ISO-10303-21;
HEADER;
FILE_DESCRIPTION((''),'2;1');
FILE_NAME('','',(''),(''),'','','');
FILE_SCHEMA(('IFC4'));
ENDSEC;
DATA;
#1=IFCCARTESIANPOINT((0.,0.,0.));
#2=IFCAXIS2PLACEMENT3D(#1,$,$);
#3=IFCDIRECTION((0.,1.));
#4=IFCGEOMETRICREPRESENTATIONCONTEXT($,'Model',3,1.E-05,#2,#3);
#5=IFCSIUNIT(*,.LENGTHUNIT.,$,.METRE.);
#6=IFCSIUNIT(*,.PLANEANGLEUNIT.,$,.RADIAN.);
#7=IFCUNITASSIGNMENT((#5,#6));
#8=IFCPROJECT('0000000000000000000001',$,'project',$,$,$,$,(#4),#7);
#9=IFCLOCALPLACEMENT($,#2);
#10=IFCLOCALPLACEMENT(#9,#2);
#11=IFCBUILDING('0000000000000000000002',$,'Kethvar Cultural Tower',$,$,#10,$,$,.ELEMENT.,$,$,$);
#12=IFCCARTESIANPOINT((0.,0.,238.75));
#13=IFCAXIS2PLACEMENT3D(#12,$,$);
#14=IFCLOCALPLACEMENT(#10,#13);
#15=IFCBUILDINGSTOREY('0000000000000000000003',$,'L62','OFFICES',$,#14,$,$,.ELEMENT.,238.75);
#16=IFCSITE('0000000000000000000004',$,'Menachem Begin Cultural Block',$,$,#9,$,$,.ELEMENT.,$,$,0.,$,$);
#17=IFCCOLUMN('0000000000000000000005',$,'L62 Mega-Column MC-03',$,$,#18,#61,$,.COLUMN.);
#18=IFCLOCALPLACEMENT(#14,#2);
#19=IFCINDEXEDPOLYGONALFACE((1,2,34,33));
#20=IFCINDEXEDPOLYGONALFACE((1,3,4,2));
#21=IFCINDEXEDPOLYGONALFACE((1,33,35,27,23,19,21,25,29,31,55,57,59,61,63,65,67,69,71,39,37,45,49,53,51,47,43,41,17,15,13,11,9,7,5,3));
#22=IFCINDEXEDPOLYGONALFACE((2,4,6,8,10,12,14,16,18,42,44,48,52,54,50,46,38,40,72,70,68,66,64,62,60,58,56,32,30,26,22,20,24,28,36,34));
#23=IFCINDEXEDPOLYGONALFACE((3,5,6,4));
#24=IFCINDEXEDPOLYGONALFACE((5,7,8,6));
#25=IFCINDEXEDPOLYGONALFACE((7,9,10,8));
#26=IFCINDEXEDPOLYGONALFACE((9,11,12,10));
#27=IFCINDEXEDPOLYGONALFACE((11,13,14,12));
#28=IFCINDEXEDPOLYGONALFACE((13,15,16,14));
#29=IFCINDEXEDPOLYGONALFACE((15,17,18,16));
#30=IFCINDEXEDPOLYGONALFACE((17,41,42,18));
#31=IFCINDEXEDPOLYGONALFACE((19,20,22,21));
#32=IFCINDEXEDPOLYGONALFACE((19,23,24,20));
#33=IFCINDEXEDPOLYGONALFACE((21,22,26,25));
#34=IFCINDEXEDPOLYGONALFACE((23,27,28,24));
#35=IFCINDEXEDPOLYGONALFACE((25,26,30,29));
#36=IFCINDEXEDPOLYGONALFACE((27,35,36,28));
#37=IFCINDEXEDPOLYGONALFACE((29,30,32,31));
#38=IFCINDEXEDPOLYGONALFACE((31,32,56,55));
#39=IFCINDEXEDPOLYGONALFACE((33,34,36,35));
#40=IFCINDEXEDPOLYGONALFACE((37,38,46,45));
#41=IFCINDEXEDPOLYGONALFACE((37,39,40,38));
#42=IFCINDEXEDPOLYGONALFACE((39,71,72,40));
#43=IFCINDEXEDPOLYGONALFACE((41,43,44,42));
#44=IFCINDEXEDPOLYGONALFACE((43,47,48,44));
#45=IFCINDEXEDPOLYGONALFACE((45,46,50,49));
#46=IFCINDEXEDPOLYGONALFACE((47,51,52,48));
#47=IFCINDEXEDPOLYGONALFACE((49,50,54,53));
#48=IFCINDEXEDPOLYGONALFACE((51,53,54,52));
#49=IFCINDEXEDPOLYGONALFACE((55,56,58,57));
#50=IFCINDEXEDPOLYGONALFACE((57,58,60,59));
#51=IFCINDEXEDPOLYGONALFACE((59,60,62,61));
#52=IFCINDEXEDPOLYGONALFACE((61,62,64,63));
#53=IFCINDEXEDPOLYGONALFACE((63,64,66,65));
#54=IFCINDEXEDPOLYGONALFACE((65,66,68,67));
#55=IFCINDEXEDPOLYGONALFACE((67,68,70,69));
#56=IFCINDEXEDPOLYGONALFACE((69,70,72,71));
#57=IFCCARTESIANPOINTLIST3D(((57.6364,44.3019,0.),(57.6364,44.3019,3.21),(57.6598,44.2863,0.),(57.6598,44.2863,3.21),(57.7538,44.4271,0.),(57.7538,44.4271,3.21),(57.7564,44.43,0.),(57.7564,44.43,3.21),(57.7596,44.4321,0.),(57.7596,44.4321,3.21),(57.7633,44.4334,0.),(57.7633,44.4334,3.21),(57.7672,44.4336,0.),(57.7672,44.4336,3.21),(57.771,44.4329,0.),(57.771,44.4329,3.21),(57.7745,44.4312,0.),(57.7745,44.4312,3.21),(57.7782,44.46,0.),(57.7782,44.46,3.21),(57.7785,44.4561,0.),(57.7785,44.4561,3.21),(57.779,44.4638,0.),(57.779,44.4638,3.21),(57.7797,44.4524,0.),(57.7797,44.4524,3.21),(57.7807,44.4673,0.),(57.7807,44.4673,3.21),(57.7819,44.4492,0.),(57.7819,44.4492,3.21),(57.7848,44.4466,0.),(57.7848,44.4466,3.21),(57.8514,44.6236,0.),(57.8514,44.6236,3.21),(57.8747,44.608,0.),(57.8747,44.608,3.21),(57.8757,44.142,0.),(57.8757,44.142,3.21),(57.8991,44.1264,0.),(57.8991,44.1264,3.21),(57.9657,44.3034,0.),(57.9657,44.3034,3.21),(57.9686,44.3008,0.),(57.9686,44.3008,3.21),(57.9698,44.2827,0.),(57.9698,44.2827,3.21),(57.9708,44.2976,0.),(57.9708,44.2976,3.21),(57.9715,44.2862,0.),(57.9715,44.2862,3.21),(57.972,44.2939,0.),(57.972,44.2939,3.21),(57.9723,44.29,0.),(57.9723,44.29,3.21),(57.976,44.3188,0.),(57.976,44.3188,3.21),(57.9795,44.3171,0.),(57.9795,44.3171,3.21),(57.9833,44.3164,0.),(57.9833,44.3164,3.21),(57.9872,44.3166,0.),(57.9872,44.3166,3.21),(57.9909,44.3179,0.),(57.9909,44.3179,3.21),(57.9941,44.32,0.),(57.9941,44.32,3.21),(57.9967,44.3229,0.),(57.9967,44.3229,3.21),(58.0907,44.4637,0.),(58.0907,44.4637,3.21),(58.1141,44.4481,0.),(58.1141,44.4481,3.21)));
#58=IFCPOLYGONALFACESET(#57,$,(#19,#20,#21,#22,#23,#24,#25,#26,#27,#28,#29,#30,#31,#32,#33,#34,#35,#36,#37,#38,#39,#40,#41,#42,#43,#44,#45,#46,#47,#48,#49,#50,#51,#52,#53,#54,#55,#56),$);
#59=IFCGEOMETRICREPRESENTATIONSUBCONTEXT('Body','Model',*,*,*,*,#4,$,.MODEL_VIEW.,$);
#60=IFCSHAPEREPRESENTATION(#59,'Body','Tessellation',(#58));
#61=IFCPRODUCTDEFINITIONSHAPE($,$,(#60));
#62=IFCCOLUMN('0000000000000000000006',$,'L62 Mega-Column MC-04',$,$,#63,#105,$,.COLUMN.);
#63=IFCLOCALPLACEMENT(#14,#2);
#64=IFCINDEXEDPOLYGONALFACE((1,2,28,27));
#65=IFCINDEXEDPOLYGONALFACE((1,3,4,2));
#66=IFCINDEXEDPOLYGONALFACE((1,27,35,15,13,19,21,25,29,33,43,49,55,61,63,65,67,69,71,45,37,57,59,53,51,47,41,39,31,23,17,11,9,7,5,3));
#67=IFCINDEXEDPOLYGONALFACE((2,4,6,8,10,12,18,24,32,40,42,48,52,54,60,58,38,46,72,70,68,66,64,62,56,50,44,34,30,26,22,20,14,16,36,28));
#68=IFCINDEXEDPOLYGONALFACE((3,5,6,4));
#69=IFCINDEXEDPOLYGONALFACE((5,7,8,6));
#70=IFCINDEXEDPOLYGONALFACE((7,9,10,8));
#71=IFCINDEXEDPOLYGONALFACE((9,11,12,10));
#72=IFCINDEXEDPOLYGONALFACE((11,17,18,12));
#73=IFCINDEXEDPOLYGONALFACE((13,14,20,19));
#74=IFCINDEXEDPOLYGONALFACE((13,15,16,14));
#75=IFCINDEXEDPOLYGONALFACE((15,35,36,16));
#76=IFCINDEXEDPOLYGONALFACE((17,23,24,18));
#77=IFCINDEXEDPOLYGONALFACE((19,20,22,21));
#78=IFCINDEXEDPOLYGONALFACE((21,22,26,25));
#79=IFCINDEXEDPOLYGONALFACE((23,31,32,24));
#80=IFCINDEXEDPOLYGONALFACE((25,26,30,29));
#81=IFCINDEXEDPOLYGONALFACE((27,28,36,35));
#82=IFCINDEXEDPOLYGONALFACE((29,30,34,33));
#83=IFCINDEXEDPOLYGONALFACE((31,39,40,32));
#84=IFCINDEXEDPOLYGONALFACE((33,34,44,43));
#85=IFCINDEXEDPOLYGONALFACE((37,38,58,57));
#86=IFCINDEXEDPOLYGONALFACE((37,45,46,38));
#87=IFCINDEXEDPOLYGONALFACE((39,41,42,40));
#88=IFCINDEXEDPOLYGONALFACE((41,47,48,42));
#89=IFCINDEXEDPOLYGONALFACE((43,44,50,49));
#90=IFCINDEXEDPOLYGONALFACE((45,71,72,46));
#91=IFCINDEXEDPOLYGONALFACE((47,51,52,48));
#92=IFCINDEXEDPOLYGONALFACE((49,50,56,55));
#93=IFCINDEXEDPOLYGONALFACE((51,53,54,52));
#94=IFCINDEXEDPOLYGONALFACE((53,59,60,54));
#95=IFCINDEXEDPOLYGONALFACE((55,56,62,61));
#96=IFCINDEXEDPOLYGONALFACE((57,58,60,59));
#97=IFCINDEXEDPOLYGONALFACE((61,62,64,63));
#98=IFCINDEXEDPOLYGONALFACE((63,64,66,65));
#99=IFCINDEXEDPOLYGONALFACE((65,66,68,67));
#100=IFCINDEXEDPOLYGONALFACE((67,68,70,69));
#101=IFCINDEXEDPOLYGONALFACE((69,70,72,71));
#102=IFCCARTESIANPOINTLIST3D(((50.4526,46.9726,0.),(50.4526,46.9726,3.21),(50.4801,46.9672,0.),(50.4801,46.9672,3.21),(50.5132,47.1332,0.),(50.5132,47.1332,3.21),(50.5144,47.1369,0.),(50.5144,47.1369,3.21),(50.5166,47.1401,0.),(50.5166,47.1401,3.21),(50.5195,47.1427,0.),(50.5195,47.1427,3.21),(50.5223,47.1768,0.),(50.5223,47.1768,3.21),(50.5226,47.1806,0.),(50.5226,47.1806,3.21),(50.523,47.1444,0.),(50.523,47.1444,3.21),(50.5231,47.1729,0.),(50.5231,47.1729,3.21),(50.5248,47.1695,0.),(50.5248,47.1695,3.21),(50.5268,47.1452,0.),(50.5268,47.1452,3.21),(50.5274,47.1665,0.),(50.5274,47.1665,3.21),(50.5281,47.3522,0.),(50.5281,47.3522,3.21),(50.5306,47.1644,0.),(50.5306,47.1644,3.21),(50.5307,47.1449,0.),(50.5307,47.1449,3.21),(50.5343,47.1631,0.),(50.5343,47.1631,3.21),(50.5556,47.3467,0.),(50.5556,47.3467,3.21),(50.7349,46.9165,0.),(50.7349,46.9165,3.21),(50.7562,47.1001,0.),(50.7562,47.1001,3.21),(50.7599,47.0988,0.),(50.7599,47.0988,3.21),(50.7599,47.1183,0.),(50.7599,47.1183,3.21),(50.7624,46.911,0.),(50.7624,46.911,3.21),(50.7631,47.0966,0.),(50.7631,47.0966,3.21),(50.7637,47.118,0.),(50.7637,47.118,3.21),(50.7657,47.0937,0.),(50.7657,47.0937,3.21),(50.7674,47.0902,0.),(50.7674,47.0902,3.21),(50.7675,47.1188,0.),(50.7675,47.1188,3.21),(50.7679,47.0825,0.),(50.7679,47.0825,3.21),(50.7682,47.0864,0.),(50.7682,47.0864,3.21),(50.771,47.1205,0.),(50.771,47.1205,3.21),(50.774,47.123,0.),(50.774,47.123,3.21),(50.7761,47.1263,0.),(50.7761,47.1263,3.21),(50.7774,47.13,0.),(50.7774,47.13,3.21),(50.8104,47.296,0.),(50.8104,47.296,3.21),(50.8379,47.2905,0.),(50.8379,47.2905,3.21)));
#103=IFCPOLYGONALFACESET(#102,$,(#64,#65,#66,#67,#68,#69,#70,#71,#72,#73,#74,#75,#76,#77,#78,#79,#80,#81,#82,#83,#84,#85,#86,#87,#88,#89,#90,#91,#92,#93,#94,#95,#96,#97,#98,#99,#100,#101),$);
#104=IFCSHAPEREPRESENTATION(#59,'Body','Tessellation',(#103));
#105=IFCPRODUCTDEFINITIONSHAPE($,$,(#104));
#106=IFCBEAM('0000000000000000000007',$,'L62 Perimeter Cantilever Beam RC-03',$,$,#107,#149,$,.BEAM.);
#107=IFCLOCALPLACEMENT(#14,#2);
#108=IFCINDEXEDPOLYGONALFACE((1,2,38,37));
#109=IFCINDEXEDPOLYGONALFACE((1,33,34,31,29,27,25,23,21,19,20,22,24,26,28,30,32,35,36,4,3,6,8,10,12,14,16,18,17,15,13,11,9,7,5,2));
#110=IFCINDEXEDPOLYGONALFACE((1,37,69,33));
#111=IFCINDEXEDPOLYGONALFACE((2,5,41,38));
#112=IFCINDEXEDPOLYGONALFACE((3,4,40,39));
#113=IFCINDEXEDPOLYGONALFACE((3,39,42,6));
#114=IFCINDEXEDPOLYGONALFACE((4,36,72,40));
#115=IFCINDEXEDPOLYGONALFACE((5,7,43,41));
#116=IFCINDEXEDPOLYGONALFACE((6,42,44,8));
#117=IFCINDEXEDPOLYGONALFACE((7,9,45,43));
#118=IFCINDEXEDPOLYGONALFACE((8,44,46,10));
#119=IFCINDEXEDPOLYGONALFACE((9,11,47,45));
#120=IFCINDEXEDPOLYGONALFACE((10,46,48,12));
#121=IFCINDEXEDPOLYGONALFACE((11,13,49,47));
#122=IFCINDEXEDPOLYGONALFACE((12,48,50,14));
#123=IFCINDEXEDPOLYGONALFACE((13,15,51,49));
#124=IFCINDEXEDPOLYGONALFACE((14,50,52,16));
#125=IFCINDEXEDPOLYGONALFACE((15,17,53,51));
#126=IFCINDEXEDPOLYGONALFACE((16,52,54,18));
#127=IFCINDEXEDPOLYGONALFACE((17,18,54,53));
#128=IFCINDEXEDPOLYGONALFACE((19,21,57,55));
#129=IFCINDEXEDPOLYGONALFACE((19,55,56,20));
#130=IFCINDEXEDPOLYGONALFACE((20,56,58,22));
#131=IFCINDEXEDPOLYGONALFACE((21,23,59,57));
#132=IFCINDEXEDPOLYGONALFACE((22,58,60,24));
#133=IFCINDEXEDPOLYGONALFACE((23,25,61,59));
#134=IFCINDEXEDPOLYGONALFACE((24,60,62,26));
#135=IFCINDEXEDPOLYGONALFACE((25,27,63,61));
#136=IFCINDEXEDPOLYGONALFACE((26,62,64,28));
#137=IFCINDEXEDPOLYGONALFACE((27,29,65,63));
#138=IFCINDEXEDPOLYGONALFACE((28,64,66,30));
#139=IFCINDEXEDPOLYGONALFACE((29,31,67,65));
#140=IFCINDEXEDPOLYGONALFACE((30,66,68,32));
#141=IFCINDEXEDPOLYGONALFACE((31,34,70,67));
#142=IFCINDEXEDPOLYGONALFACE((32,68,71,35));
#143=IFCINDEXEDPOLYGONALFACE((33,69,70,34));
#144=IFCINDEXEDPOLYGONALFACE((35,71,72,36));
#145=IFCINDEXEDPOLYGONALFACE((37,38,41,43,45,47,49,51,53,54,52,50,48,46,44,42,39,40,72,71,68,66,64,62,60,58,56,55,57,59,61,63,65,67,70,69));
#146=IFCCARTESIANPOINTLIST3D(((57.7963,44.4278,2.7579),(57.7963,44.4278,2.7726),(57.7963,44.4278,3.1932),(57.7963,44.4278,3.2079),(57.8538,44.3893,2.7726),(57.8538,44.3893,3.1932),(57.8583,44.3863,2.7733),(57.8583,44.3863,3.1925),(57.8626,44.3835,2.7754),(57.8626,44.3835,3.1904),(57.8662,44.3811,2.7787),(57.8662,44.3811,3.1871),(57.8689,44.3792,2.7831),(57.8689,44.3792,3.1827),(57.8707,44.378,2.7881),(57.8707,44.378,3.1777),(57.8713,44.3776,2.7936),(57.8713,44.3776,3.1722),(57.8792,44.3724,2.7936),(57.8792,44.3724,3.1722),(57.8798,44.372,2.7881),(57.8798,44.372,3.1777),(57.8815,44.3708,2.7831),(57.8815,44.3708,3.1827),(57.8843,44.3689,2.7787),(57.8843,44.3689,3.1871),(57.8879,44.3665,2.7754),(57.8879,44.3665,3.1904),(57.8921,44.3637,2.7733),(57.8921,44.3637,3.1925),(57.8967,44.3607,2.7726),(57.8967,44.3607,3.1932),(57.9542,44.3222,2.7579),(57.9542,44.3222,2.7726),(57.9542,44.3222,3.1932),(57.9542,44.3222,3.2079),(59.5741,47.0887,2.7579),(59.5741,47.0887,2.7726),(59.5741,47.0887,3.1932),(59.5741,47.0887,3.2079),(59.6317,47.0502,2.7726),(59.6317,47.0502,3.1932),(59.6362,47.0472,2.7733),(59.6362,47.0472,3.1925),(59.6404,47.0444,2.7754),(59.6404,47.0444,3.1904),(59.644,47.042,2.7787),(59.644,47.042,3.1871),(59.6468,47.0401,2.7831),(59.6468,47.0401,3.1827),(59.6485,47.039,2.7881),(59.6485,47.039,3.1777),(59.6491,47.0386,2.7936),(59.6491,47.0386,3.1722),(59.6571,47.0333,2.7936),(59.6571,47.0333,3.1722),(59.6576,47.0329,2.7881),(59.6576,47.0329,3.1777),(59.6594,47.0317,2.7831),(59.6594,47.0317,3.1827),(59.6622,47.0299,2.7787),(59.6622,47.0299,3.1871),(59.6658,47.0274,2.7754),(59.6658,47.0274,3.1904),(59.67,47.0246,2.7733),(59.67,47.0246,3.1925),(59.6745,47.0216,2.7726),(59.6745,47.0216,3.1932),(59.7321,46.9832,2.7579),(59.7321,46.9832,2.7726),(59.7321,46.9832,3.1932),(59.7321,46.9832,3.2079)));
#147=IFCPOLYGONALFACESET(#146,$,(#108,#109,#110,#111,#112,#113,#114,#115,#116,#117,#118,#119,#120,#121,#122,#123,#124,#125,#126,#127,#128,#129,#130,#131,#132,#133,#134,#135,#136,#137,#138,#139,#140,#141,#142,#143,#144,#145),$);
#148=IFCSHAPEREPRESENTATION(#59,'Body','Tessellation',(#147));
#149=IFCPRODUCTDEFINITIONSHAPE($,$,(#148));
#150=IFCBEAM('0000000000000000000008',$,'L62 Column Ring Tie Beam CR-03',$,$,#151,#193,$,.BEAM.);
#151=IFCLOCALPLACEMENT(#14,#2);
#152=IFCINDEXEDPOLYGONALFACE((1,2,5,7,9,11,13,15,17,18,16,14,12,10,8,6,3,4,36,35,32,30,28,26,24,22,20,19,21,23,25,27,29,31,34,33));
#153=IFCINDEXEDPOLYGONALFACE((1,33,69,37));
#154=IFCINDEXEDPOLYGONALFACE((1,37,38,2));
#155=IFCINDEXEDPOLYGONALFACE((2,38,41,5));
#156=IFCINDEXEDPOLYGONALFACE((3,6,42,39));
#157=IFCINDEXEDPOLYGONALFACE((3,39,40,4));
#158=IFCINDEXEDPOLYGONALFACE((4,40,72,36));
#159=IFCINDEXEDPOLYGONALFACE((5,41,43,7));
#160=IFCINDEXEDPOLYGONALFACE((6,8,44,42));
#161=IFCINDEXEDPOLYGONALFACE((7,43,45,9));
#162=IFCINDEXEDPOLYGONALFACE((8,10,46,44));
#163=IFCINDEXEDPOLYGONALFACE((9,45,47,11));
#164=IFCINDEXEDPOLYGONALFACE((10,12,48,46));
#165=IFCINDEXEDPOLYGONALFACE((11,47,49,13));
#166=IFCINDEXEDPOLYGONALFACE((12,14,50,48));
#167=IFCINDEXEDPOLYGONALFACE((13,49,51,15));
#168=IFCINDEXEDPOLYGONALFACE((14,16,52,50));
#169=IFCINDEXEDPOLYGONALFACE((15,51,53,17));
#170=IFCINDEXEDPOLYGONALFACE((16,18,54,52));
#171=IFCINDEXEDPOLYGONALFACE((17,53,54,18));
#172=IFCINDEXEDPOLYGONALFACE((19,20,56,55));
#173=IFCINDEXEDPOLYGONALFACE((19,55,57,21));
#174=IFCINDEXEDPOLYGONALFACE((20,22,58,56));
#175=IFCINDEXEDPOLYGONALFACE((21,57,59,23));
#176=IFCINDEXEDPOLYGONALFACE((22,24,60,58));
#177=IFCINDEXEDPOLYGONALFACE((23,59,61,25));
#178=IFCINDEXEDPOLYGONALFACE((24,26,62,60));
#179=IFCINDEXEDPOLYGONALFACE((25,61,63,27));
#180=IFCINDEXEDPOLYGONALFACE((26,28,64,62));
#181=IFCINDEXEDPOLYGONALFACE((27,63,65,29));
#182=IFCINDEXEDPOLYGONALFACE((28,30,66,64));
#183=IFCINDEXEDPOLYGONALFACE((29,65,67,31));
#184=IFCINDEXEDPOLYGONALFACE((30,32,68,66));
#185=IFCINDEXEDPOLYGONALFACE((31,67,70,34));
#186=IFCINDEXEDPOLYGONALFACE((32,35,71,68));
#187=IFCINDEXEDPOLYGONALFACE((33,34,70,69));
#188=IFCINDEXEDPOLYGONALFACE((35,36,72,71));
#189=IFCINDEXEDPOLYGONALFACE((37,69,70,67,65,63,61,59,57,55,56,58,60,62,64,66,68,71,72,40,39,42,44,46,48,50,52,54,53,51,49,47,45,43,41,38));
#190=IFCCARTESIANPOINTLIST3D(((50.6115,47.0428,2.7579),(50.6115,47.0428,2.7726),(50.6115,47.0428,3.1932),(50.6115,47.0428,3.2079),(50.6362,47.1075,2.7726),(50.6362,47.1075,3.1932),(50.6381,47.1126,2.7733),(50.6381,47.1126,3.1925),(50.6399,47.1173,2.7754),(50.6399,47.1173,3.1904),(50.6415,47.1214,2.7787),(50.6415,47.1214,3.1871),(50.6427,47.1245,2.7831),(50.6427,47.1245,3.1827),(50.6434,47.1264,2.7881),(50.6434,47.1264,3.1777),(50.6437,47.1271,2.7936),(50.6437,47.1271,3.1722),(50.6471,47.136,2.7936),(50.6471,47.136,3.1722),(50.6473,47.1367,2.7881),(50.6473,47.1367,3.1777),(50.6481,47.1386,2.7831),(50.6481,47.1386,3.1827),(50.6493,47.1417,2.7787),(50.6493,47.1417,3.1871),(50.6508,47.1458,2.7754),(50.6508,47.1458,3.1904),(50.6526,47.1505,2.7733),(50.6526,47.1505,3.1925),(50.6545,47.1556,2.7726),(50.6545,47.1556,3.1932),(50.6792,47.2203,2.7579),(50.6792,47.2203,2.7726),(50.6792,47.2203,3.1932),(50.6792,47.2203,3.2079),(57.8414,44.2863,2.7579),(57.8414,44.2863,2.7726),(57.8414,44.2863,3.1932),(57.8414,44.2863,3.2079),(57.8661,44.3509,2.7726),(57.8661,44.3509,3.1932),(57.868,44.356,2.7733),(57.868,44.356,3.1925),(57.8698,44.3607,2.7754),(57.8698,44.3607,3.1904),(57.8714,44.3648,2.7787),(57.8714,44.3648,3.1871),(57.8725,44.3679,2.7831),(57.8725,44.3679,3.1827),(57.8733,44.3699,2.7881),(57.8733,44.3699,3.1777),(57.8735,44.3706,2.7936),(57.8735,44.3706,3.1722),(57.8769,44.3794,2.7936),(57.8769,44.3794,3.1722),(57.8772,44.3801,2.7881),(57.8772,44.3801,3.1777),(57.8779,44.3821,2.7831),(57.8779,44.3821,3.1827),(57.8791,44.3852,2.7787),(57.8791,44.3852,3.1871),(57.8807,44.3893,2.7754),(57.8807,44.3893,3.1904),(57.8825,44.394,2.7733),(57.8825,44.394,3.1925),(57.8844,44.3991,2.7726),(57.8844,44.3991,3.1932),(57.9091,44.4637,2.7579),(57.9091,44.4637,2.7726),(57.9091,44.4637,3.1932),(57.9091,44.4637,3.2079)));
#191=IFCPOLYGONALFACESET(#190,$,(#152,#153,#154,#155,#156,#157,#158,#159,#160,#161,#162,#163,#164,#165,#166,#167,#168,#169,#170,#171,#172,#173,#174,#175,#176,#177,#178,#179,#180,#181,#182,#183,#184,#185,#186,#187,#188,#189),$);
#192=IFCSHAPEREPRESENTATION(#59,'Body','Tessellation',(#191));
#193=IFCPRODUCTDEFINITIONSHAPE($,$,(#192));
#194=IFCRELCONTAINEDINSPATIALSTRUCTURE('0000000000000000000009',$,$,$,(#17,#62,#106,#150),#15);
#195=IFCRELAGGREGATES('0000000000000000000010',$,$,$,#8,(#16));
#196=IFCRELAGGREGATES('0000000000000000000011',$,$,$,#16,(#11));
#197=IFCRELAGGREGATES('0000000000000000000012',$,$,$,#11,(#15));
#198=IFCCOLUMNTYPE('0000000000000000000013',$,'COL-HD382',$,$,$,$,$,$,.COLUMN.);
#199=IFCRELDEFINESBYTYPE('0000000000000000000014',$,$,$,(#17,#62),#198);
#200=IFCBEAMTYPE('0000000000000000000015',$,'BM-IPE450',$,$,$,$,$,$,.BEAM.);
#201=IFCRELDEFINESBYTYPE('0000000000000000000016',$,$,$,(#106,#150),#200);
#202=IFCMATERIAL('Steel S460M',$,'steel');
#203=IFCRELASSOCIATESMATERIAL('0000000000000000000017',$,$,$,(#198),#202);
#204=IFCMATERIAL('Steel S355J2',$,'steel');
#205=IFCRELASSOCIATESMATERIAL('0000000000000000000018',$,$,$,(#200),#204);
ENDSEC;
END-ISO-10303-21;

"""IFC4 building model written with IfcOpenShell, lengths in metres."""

from ifc_helpers import new_model, si_unit, direction, frame, origin, origin_2d, place, context, subcontext, project, spatial, i_section, extrude, source, transform, mapped, material, material_profile, profile_set, type_object, element, save


model = new_model("IFC4")

# Units and contexts
model_context = context("Model", 3, precision=1e-05, world=origin(), true_north=direction((0.0, 1.0)))
body_context = subcontext(model_context, "Body", "Model", "MODEL_VIEW")
ifc_project = project(units=[si_unit("LENGTHUNIT", "METRE"), si_unit("PLANEANGLEUNIT", "RADIAN")], contexts=[model_context])

# Site, building, storey
site_placement = place(None, origin())
site = spatial("IfcSite", under=ifc_project, at=site_placement, Name="Menachem Begin Cultural Block", CompositionType="ELEMENT", RefElevation=0.0)
building_placement = place(site_placement, origin())
building = spatial("IfcBuilding", under=site, at=building_placement, Name="Kethvar Cultural Tower", CompositionType="ELEMENT")
storey_placement = place(building_placement, frame((0.0, 0.0, 238.75)))
storey = spatial("IfcBuildingStorey", under=building, at=storey_placement, Name="L62", Description="OFFICES", CompositionType="ELEMENT", Elevation=238.75)

# Columns
ifc_material_1 = material(Name="Steel S460M", Category="steel")
ifc_material_profile_1 = material_profile(ifc_material_1, i_section(OverallWidth=0.387, OverallDepth=0.3159, WebThickness=0.0186, FlangeThickness=0.0281, FilletRadius=0.0149, at=origin_2d()), Name="Steel S460M — HD400x382")
ifc_profile_set_1 = profile_set([ifc_material_profile_1], Name="Steel S460M — HD400x382")
column_type = type_object("IfcColumnType", Name="COL-HD382", PredefinedType="COLUMN", material=ifc_profile_set_1)
shared_shape_1 = source(origin(), body_context, "Body", "SweptSolid", [
    extrude(i_section(OverallWidth=0.387, OverallDepth=0.3159, WebThickness=0.0186, FlangeThickness=0.0281, FilletRadius=0.0149, at=origin_2d()), origin(), (0.0, 0.0, 1.0), 3.21),
])
for number, where, z_axis, x_axis, name in (
    (1, (57.8752, 44.375, 0.0), (0.0, 0.0, 1.0), (0.55557, 0.83147, 0.0), "L62 Mega-Column MC-03"),
    (2, (50.6453, 47.1316, 0.0), (0.0, 0.0, 1.0), (0.19509, 0.980785, 0.0), "L62 Mega-Column MC-04"),
):
    element("IfcColumn", number, at=place(storey_placement, frame(where, z_axis=z_axis, x_axis=x_axis)), inside=storey, type_object=column_type, Name=name, PredefinedType="COLUMN", context=body_context, shape_type="MappedRepresentation", body=[
        mapped(shared_shape_1, transform((0.0, 0.0, 0.0), scale=1.0)),
    ])

# Beams
ifc_material_2 = material(Name="Steel S355J2", Category="steel")
ifc_material_profile_2 = material_profile(ifc_material_2, i_section(OverallWidth=0.1899, OverallDepth=0.45, WebThickness=0.0095, FlangeThickness=0.0146, FilletRadius=0.021, at=origin_2d()), Name="Steel S355J2 — IPE450")
ifc_profile_set_2 = profile_set([ifc_material_profile_2], Name="Steel S355J2 — IPE450")
beam_type_1 = type_object("IfcBeamType", Name="BM-IPE450", PredefinedType="BEAM", material=ifc_profile_set_2)
shared_shape_2 = source(origin(), body_context, "Body", "SweptSolid", [
    extrude(i_section(OverallWidth=0.1899, OverallDepth=0.45, WebThickness=0.0095, FlangeThickness=0.0146, FilletRadius=0.021, at=origin_2d()), origin(), (0.0, 0.0, 1.0), 3.2002),
])
beam_1_placement = place(storey_placement, frame((57.8752, 44.375, 2.9829), z_axis=(0.555545, 0.831486, 0.0), x_axis=(-0.831486, 0.555545, 0.0)))
element("IfcBeam", 3, at=beam_1_placement, inside=storey, type_object=beam_type_1, Name="L62 Perimeter Cantilever Beam RC-03", PredefinedType="BEAM", context=body_context, shape_type="MappedRepresentation", body=[
    mapped(shared_shape_2, transform((0.0, 0.0, 0.0), scale=1.0)),
])
shared_shape_3 = source(origin(), body_context, "Body", "SweptSolid", [
    extrude(i_section(OverallWidth=0.1899, OverallDepth=0.45, WebThickness=0.0095, FlangeThickness=0.0146, FilletRadius=0.021, at=origin_2d()), origin(), (0.0, 0.0, 1.0), 7.7375),
])
beam_2_placement = place(storey_placement, frame((57.8752, 44.375, 2.9829), z_axis=(-0.934388, 0.356256, 0.0), x_axis=(-0.356256, -0.934388, 0.0)))
element("IfcBeam", 4, at=beam_2_placement, inside=storey, type_object=beam_type_1, Name="L62 Column Ring Tie Beam CR-03", PredefinedType="BEAM", context=body_context, shape_type="MappedRepresentation", body=[
    mapped(shared_shape_3, transform((0.0, 0.0, 0.0), scale=1.0)),
])

save(model, "model.ifc")
